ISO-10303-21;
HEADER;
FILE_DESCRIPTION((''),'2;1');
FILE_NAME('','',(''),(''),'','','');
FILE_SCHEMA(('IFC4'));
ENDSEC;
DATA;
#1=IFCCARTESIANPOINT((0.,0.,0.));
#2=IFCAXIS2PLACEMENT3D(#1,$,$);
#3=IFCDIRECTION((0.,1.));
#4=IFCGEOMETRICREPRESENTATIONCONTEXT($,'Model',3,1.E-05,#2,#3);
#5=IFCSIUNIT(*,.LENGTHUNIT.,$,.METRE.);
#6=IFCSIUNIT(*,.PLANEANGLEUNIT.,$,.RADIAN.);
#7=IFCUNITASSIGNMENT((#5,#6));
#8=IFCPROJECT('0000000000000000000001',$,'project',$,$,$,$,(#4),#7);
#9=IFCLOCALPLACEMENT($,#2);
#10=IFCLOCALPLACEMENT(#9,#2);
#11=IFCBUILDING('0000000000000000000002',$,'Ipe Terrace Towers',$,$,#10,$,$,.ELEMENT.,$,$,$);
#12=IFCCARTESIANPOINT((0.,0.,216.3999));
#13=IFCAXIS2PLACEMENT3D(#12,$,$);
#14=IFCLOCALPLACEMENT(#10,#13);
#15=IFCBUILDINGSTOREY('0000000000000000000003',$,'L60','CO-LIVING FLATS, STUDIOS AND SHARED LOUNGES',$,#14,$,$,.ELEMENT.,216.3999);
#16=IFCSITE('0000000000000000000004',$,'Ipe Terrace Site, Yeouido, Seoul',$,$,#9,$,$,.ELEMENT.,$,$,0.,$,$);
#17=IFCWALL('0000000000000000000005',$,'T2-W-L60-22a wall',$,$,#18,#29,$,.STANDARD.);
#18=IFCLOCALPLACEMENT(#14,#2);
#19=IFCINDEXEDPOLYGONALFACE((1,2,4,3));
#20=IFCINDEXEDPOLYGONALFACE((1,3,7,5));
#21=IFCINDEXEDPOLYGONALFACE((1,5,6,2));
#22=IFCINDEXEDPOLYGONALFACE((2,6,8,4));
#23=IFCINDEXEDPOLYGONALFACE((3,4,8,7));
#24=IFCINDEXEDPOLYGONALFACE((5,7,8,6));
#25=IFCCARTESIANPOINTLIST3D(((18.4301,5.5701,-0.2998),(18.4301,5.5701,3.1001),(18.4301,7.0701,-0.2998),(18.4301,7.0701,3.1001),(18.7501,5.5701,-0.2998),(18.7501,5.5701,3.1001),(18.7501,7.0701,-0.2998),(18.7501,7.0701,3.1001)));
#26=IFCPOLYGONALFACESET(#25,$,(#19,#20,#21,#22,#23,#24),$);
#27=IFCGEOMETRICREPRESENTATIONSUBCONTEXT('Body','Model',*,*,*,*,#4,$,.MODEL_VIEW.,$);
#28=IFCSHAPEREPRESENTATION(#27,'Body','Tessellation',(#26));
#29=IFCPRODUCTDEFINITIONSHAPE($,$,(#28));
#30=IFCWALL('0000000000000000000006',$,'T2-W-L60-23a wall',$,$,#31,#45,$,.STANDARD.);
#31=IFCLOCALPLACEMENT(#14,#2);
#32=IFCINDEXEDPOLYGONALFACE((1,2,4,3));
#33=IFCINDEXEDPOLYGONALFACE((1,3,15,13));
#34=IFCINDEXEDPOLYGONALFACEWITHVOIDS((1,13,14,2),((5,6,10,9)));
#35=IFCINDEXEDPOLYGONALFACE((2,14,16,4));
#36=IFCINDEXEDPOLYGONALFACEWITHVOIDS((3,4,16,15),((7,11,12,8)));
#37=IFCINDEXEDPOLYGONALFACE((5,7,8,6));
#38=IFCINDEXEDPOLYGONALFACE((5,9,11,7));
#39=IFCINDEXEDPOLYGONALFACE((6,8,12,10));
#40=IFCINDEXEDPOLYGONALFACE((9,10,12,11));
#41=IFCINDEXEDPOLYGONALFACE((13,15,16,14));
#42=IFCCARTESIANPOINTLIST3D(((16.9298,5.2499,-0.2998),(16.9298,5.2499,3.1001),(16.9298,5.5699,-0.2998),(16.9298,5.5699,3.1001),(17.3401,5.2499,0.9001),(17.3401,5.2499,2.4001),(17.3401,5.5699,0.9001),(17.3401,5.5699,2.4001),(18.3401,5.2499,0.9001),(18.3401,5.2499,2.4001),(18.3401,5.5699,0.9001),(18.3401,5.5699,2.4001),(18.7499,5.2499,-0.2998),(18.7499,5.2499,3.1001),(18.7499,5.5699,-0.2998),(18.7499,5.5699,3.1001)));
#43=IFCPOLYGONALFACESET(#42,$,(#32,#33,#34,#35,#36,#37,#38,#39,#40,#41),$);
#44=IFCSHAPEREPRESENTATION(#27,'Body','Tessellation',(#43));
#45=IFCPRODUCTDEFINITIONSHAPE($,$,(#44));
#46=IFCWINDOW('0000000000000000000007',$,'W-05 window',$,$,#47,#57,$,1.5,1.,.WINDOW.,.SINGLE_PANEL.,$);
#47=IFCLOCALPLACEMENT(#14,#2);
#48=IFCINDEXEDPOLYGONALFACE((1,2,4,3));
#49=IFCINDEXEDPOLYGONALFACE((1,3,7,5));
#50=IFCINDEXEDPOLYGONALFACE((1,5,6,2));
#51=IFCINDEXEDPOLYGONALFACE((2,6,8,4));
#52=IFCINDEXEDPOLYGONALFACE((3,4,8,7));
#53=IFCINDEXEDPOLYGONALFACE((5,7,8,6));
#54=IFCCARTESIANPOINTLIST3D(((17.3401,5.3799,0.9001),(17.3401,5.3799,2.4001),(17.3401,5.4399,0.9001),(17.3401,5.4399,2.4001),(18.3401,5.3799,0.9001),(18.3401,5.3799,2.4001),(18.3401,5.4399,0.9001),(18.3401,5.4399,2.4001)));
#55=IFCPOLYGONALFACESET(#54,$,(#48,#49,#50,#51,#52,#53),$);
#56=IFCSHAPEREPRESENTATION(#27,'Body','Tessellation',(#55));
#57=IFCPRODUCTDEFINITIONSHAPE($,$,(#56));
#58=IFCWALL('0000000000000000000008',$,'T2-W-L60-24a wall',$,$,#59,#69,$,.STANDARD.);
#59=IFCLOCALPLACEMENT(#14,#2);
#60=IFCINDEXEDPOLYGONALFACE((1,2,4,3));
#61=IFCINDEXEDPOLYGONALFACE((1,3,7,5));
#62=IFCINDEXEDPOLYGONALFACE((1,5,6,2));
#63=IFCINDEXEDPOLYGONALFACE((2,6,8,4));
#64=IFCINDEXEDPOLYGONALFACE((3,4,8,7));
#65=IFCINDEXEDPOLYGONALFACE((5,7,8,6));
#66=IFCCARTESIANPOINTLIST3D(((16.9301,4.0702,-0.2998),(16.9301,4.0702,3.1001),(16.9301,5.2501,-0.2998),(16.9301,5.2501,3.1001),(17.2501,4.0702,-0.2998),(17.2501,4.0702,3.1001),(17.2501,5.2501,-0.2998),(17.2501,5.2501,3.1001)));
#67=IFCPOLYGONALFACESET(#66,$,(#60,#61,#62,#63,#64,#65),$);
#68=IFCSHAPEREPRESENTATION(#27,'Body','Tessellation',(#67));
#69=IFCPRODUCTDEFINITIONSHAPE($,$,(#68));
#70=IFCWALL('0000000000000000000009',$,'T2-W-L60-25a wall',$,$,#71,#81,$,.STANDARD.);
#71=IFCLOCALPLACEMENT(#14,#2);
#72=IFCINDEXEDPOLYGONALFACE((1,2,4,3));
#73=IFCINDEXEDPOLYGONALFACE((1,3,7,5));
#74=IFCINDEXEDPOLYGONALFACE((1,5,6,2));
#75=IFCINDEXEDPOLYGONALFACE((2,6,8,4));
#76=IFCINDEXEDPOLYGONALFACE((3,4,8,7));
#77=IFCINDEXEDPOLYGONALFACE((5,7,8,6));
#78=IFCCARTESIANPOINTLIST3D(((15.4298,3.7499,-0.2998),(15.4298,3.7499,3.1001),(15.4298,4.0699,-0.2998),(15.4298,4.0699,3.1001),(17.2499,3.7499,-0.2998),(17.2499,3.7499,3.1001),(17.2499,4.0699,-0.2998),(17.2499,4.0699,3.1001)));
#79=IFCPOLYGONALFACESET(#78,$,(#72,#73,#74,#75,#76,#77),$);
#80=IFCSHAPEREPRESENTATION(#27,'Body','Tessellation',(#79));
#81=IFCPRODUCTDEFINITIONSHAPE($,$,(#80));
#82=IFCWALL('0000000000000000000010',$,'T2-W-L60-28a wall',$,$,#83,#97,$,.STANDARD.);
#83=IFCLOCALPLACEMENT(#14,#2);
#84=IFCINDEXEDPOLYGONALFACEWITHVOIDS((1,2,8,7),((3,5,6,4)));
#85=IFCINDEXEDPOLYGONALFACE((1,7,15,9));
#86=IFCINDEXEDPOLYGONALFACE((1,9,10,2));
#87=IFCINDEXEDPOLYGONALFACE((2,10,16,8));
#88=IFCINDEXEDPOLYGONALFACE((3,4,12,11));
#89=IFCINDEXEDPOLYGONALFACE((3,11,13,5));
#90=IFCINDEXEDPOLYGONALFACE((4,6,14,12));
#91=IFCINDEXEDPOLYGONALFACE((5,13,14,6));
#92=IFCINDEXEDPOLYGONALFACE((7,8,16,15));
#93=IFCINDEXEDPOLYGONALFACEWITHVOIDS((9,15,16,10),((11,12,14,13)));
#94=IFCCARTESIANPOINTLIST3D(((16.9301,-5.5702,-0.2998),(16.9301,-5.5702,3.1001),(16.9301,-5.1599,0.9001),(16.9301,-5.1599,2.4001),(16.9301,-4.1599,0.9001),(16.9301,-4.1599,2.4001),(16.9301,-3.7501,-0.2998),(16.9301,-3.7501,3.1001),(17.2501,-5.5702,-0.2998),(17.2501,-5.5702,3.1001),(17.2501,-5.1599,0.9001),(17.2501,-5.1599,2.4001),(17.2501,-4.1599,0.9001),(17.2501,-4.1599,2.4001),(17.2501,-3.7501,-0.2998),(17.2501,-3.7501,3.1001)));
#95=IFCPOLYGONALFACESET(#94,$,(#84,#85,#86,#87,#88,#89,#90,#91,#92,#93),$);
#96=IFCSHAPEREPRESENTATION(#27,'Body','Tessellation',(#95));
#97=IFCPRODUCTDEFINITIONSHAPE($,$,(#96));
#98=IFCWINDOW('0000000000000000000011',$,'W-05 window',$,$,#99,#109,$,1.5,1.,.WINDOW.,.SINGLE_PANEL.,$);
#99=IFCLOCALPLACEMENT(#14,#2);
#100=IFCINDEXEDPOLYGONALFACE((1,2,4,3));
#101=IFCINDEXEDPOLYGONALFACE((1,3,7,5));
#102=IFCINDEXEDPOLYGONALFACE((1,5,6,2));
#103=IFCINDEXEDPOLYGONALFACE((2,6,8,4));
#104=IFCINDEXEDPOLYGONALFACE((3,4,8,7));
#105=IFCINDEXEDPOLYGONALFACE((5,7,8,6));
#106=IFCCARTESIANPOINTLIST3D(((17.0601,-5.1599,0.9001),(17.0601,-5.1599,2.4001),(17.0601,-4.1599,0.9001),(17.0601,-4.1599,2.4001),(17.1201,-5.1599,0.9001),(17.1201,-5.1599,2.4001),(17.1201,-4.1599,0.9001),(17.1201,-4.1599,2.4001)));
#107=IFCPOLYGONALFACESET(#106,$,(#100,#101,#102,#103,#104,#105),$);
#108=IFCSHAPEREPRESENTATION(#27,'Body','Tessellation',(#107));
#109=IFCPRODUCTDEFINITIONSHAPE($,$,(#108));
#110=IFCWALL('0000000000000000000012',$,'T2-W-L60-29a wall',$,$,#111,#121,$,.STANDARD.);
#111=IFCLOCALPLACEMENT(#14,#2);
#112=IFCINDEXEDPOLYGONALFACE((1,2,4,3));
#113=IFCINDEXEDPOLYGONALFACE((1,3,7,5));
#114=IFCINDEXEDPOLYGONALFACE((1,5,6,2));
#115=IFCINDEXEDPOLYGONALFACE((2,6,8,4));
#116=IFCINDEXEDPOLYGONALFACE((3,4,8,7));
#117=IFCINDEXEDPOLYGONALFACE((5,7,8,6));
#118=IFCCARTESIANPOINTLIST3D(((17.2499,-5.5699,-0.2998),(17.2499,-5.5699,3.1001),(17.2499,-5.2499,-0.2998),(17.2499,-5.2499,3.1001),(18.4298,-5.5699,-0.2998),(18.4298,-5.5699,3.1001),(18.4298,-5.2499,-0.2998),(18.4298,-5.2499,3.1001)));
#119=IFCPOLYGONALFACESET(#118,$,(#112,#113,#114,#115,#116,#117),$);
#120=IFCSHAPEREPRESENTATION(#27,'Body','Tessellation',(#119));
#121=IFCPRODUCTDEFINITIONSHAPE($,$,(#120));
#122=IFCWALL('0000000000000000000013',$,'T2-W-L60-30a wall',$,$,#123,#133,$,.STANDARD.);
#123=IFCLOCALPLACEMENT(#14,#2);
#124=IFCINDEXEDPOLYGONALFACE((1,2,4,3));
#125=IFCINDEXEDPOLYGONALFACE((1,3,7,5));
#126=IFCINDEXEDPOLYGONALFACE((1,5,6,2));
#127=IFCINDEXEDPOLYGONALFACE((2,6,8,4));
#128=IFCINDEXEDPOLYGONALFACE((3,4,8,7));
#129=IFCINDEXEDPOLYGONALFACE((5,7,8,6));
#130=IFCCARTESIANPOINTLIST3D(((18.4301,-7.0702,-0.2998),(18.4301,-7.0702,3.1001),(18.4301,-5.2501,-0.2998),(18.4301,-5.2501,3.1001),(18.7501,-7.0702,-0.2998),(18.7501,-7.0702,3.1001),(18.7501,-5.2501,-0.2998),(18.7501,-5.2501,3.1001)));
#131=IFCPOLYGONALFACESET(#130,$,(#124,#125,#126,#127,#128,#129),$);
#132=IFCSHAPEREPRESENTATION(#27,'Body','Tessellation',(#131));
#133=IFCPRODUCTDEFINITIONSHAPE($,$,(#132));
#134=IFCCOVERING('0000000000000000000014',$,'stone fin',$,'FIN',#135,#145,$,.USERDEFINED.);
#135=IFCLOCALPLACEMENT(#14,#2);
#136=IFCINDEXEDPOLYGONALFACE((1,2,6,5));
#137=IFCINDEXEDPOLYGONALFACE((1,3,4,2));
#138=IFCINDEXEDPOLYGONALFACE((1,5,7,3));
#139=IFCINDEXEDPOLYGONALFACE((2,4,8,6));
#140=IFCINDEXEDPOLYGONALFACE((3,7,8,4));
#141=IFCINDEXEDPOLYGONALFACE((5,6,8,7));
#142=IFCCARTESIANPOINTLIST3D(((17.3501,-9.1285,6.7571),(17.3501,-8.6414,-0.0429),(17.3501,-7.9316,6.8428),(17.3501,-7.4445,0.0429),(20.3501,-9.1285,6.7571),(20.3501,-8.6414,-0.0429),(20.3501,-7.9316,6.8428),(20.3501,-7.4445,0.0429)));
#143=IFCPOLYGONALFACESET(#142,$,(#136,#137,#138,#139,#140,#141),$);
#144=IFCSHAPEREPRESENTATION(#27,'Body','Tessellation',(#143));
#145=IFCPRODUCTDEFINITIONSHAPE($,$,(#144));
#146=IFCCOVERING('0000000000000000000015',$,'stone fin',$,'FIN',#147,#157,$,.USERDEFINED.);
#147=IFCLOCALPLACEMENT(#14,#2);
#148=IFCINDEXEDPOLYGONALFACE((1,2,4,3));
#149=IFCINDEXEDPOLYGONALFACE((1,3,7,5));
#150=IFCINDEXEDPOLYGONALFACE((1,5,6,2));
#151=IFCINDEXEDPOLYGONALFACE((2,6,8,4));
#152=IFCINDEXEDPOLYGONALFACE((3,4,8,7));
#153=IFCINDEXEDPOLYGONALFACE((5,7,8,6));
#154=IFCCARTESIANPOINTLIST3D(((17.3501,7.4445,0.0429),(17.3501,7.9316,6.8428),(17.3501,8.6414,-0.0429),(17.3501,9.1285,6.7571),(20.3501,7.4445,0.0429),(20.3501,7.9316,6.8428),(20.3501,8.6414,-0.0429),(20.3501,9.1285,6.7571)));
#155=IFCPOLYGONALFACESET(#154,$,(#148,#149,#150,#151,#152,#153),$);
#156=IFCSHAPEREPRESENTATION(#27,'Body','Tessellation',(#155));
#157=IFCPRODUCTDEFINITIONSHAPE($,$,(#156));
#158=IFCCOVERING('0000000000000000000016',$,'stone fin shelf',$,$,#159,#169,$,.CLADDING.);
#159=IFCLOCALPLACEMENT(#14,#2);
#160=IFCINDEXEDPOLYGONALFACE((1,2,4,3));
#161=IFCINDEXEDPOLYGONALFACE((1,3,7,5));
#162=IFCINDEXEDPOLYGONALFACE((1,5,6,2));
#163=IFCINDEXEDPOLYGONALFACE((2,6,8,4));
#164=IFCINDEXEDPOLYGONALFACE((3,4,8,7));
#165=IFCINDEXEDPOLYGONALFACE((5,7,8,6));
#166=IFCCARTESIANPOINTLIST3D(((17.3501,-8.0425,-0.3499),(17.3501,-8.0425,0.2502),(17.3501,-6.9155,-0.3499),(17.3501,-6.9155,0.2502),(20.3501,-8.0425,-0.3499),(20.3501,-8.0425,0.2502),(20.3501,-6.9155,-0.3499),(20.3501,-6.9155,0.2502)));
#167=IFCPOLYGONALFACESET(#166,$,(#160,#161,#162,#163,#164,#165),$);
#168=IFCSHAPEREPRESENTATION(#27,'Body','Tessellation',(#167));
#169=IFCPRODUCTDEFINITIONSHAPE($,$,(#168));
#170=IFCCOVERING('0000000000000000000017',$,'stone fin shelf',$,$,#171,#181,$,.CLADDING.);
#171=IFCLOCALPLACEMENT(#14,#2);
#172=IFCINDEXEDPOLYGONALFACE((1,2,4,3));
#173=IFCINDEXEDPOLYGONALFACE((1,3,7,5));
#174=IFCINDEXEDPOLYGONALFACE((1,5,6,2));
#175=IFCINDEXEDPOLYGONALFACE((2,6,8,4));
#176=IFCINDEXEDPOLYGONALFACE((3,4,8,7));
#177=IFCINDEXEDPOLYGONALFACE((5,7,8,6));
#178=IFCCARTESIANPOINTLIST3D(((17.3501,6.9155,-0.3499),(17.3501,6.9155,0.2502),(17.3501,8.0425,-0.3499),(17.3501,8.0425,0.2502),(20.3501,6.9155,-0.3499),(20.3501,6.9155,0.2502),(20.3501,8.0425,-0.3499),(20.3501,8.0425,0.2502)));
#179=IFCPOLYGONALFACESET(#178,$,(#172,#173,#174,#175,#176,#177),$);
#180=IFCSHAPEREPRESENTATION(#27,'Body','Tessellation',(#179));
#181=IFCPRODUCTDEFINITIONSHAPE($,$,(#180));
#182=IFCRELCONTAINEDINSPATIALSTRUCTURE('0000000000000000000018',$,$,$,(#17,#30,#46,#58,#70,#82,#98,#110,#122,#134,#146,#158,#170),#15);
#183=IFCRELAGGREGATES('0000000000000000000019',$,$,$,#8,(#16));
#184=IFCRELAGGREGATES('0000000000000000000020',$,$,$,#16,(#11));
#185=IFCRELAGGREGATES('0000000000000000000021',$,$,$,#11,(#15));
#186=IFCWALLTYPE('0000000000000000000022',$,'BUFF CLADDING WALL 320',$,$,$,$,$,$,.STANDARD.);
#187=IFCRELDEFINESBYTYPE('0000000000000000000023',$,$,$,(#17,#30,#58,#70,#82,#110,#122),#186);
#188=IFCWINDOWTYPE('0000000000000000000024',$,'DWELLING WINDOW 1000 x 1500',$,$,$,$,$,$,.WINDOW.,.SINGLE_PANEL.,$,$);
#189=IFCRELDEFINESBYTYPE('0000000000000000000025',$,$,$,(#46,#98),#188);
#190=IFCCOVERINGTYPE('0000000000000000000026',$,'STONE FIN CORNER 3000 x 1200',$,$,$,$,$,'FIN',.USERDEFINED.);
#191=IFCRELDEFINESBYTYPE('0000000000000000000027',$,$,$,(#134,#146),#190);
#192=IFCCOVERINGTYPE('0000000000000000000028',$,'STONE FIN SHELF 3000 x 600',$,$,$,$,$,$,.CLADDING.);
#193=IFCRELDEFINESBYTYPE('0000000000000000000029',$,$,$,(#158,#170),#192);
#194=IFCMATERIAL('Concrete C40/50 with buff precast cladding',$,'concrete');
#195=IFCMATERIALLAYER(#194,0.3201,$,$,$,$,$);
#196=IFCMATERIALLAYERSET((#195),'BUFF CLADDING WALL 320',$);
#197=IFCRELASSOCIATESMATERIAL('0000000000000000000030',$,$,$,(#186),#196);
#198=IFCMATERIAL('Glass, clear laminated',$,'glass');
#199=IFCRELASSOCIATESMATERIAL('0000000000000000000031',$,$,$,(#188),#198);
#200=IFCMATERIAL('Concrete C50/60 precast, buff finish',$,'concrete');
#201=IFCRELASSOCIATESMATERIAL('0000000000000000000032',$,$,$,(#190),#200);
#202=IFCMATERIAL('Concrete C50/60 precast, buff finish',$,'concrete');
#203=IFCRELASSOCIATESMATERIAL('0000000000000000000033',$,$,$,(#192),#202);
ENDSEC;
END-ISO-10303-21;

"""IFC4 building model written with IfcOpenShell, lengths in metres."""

from ifc_helpers import new_model, si_unit, direction, frame, frame_2d, origin, origin_2d, place, context, subcontext, project, spatial, rectangle, extrude, material, layer, layer_set, material_profile, profile_set, type_object, element, fill, save


model = new_model("IFC4")

# Units and contexts
model_context = context("Model", 3, precision=1e-05, world=origin(), true_north=direction((0.0, 1.0)))
body_context = subcontext(model_context, "Body", "Model", "MODEL_VIEW")
ifc_project = project(units=[si_unit("LENGTHUNIT", "METRE"), si_unit("PLANEANGLEUNIT", "RADIAN")], contexts=[model_context])

# Site, building, storey
site_placement = place(None, origin())
site = spatial("IfcSite", under=ifc_project, at=site_placement, Name="Ipe Terrace Site, Yeouido, Seoul", CompositionType="ELEMENT", RefElevation=0.0)
building_placement = place(site_placement, origin())
building = spatial("IfcBuilding", under=site, at=building_placement, Name="Ipe Terrace Towers", CompositionType="ELEMENT")
storey_placement = place(building_placement, frame((0.0, 0.0, 216.3999)))
storey = spatial("IfcBuildingStorey", under=building, at=storey_placement, Name="L60", Description="CO-LIVING FLATS, STUDIOS AND SHARED LOUNGES", CompositionType="ELEMENT", Elevation=216.3999)

# Wall
ifc_material_1 = material(Name="Concrete C40/50 with buff precast cladding", Category="concrete")
ifc_layer_1 = layer(ifc_material_1, 0.3201)
ifc_layer_set_1 = layer_set([ifc_layer_1], Name="BUFF CLADDING WALL 320")
wall_type = type_object("IfcWallType", Name="BUFF CLADDING WALL 320", PredefinedType="STANDARD", material=ifc_layer_set_1)
wall_1_placement = place(storey_placement, frame((18.5901, 7.0701, -0.2998), z_axis=(0.0, 0.0, 1.0), x_axis=(0.0, -1.0, 0.0)))
element("IfcWall", 1, at=wall_1_placement, inside=storey, type_object=wall_type, Name="T2-W-L60-22a wall", PredefinedType="STANDARD", context=body_context, shape_type="SweptSolid", body=[
    extrude(rectangle(XDim=1.5, YDim=0.3201, at=frame_2d((0.75, 0.0))), origin(), (0.0, 0.0, 1.0), 3.3999),
])

# Wall, opening, window
wall_2_placement = place(storey_placement, frame((18.75, 5.4099, -0.2998), z_axis=(0.0, 0.0, 1.0), x_axis=(-1.0, 0.0, 0.0)))
wall_2 = element("IfcWall", 2, at=wall_2_placement, inside=storey, type_object=wall_type, Name="T2-W-L60-23a wall", PredefinedType="STANDARD", context=body_context, shape_type="SweptSolid", body=[
    extrude(rectangle(XDim=1.8201, YDim=0.3201, at=frame_2d((0.9102, 0.0))), origin(), (0.0, 0.0, 1.0), 3.3999),
])
opening_1_placement = place(wall_2_placement, frame((0.4099, 0.0, 1.2)))
opening_1 = element("IfcOpeningElement", 3, at=opening_1_placement, cuts=wall_2, PredefinedType="OPENING", context=body_context, shape_type="SweptSolid", body=[
    extrude(rectangle(XDim=1.0, YDim=1.5, at=frame_2d((0.5, 0.75))), frame((0.0, 0.1699, 0.0), z_axis=(0.0, -1.0, 0.0), x_axis=(1.0, 0.0, 0.0)), (0.0, 0.0, 1.0), 0.3401),
])
ifc_material_2 = material(Name="Glass, clear laminated", Category="glass")
window_type = type_object("IfcWindowType", Name="DWELLING WINDOW 1000 x 1500", PartitioningType="SINGLE_PANEL", PredefinedType="WINDOW", material=ifc_material_2)
window_1_placement = place(opening_1_placement, origin())
window_1 = element("IfcWindow", 4, at=window_1_placement, inside=storey, type_object=window_type, Name="W-05 window", OverallHeight=1.5, OverallWidth=1.0, PartitioningType="SINGLE_PANEL", PredefinedType="WINDOW", context=body_context, shape_type="SweptSolid", body=[
    extrude(rectangle(XDim=1.0, YDim=1.5, at=frame_2d((0.5, 0.75))), frame((0.0, 0.03, 0.0), z_axis=(0.0, -1.0, 0.0), x_axis=(1.0, 0.0, 0.0)), (0.0, 0.0, 1.0), 0.0601),
])
fill(opening_1, window_1)

# Walls
wall_3_placement = place(storey_placement, frame((17.0901, 5.25, -0.2998), z_axis=(0.0, 0.0, 1.0), x_axis=(0.0, -1.0, 0.0)))
element("IfcWall", 5, at=wall_3_placement, inside=storey, type_object=wall_type, Name="T2-W-L60-24a wall", PredefinedType="STANDARD", context=body_context, shape_type="SweptSolid", body=[
    extrude(rectangle(XDim=1.1799, YDim=0.3201, at=frame_2d((0.5898, 0.0))), origin(), (0.0, 0.0, 1.0), 3.3999),
])
wall_4_placement = place(storey_placement, frame((17.25, 3.9099, -0.2998), z_axis=(0.0, 0.0, 1.0), x_axis=(-1.0, 0.0, 0.0)))
element("IfcWall", 6, at=wall_4_placement, inside=storey, type_object=wall_type, Name="T2-W-L60-25a wall", PredefinedType="STANDARD", context=body_context, shape_type="SweptSolid", body=[
    extrude(rectangle(XDim=1.8201, YDim=0.3201, at=frame_2d((0.9102, 0.0))), origin(), (0.0, 0.0, 1.0), 3.3999),
])

# Wall, opening, window
wall_5_placement = place(storey_placement, frame((17.0901, -3.75, -0.2998), z_axis=(0.0, 0.0, 1.0), x_axis=(0.0, -1.0, 0.0)))
wall_5 = element("IfcWall", 7, at=wall_5_placement, inside=storey, type_object=wall_type, Name="T2-W-L60-28a wall", PredefinedType="STANDARD", context=body_context, shape_type="SweptSolid", body=[
    extrude(rectangle(XDim=1.8201, YDim=0.3201, at=frame_2d((0.9102, 0.0))), origin(), (0.0, 0.0, 1.0), 3.3999),
])
opening_2_placement = place(wall_5_placement, frame((0.4099, 0.0, 1.2)))
opening_2 = element("IfcOpeningElement", 8, at=opening_2_placement, cuts=wall_5, PredefinedType="OPENING", context=body_context, shape_type="SweptSolid", body=[
    extrude(rectangle(XDim=1.0, YDim=1.5, at=frame_2d((0.5, 0.75))), frame((0.0, 0.1699, 0.0), z_axis=(0.0, -1.0, 0.0), x_axis=(1.0, 0.0, 0.0)), (0.0, 0.0, 1.0), 0.3401),
])
window_2_placement = place(opening_2_placement, origin())
window_2 = element("IfcWindow", 9, at=window_2_placement, inside=storey, type_object=window_type, Name="W-05 window", OverallHeight=1.5, OverallWidth=1.0, PartitioningType="SINGLE_PANEL", PredefinedType="WINDOW", context=body_context, shape_type="SweptSolid", body=[
    extrude(rectangle(XDim=1.0, YDim=1.5, at=frame_2d((0.5, 0.75))), frame((0.0, 0.03, 0.0), z_axis=(0.0, -1.0, 0.0), x_axis=(1.0, 0.0, 0.0)), (0.0, 0.0, 1.0), 0.0601),
])
fill(opening_2, window_2)

# Walls
wall_6_placement = place(storey_placement, frame((17.25, -5.4099, -0.2998), z_axis=(0.0, 0.0, 1.0), x_axis=(1.0, 0.0, 0.0)))
element("IfcWall", 10, at=wall_6_placement, inside=storey, type_object=wall_type, Name="T2-W-L60-29a wall", PredefinedType="STANDARD", context=body_context, shape_type="SweptSolid", body=[
    extrude(rectangle(XDim=1.1799, YDim=0.3201, at=frame_2d((0.5898, 0.0))), origin(), (0.0, 0.0, 1.0), 3.3999),
])
wall_7_placement = place(storey_placement, frame((18.5901, -5.25, -0.2998), z_axis=(0.0, 0.0, 1.0), x_axis=(0.0, -1.0, 0.0)))
element("IfcWall", 11, at=wall_7_placement, inside=storey, type_object=wall_type, Name="T2-W-L60-30a wall", PredefinedType="STANDARD", context=body_context, shape_type="SweptSolid", body=[
    extrude(rectangle(XDim=1.8201, YDim=0.3201, at=frame_2d((0.9102, 0.0))), origin(), (0.0, 0.0, 1.0), 3.3999),
])

# Coverings
ifc_material_3 = material(Name="Concrete C50/60 precast, buff finish", Category="concrete")
ifc_material_profile_1 = material_profile(ifc_material_3, rectangle(XDim=3.0, YDim=1.2, at=origin_2d()), Name="STONE FIN CORNER 3000 x 1200")
ifc_profile_set_1 = profile_set([ifc_material_profile_1], Name="Concrete C50/60 precast, buff finish")
covering_type_1 = type_object("IfcCoveringType", Name="STONE FIN CORNER 3000 x 1200", ElementType="FIN", PredefinedType="USERDEFINED", material=ifc_profile_set_1)
for number, where, z_axis, x_axis, name in (
    (12, (18.8501, -8.043, 0.0), (0.0, -0.071443, 0.997445), (1.0, 0.0, 0.0), "stone fin"),
    (13, (18.8501, 8.043, 0.0), (0.0, 0.071443, 0.997445), (-1.0, 0.0, 0.0), "stone fin"),
):
    element("IfcCovering", number, at=place(storey_placement, frame(where, z_axis=z_axis, x_axis=x_axis)), inside=storey, type_object=covering_type_1, Name=name, ObjectType="FIN", PredefinedType="USERDEFINED", context=body_context, shape_type="SweptSolid", body=[
        extrude(rectangle(XDim=3.0, YDim=1.2, at=origin_2d()), origin(), (0.0, 0.0, 1.0), 6.8174),
    ])
ifc_material_4 = material(Name="Concrete C50/60 precast, buff finish", Category="concrete")
covering_type_2 = type_object("IfcCoveringType", Name="STONE FIN SHELF 3000 x 600", PredefinedType="CLADDING", material=ifc_material_4)
for number, where, z_axis, x_axis, name in (
    (14, (18.8501, -7.479, -0.3499), (0.0, 0.0, 1.0), (1.0, 0.0, 0.0), "stone fin shelf"),
    (15, (18.8501, 7.479, -0.3499), (0.0, 0.0, 1.0), (-1.0, 0.0, 0.0), "stone fin shelf"),
):
    element("IfcCovering", number, at=place(storey_placement, frame(where, z_axis=z_axis, x_axis=x_axis)), inside=storey, type_object=covering_type_2, Name=name, PredefinedType="CLADDING", context=body_context, shape_type="SweptSolid", body=[
        extrude(rectangle(XDim=3.0, YDim=1.127, at=origin_2d()), origin(), (0.0, 0.0, 1.0), 0.6001),
    ])

save(model, "model.ifc")
